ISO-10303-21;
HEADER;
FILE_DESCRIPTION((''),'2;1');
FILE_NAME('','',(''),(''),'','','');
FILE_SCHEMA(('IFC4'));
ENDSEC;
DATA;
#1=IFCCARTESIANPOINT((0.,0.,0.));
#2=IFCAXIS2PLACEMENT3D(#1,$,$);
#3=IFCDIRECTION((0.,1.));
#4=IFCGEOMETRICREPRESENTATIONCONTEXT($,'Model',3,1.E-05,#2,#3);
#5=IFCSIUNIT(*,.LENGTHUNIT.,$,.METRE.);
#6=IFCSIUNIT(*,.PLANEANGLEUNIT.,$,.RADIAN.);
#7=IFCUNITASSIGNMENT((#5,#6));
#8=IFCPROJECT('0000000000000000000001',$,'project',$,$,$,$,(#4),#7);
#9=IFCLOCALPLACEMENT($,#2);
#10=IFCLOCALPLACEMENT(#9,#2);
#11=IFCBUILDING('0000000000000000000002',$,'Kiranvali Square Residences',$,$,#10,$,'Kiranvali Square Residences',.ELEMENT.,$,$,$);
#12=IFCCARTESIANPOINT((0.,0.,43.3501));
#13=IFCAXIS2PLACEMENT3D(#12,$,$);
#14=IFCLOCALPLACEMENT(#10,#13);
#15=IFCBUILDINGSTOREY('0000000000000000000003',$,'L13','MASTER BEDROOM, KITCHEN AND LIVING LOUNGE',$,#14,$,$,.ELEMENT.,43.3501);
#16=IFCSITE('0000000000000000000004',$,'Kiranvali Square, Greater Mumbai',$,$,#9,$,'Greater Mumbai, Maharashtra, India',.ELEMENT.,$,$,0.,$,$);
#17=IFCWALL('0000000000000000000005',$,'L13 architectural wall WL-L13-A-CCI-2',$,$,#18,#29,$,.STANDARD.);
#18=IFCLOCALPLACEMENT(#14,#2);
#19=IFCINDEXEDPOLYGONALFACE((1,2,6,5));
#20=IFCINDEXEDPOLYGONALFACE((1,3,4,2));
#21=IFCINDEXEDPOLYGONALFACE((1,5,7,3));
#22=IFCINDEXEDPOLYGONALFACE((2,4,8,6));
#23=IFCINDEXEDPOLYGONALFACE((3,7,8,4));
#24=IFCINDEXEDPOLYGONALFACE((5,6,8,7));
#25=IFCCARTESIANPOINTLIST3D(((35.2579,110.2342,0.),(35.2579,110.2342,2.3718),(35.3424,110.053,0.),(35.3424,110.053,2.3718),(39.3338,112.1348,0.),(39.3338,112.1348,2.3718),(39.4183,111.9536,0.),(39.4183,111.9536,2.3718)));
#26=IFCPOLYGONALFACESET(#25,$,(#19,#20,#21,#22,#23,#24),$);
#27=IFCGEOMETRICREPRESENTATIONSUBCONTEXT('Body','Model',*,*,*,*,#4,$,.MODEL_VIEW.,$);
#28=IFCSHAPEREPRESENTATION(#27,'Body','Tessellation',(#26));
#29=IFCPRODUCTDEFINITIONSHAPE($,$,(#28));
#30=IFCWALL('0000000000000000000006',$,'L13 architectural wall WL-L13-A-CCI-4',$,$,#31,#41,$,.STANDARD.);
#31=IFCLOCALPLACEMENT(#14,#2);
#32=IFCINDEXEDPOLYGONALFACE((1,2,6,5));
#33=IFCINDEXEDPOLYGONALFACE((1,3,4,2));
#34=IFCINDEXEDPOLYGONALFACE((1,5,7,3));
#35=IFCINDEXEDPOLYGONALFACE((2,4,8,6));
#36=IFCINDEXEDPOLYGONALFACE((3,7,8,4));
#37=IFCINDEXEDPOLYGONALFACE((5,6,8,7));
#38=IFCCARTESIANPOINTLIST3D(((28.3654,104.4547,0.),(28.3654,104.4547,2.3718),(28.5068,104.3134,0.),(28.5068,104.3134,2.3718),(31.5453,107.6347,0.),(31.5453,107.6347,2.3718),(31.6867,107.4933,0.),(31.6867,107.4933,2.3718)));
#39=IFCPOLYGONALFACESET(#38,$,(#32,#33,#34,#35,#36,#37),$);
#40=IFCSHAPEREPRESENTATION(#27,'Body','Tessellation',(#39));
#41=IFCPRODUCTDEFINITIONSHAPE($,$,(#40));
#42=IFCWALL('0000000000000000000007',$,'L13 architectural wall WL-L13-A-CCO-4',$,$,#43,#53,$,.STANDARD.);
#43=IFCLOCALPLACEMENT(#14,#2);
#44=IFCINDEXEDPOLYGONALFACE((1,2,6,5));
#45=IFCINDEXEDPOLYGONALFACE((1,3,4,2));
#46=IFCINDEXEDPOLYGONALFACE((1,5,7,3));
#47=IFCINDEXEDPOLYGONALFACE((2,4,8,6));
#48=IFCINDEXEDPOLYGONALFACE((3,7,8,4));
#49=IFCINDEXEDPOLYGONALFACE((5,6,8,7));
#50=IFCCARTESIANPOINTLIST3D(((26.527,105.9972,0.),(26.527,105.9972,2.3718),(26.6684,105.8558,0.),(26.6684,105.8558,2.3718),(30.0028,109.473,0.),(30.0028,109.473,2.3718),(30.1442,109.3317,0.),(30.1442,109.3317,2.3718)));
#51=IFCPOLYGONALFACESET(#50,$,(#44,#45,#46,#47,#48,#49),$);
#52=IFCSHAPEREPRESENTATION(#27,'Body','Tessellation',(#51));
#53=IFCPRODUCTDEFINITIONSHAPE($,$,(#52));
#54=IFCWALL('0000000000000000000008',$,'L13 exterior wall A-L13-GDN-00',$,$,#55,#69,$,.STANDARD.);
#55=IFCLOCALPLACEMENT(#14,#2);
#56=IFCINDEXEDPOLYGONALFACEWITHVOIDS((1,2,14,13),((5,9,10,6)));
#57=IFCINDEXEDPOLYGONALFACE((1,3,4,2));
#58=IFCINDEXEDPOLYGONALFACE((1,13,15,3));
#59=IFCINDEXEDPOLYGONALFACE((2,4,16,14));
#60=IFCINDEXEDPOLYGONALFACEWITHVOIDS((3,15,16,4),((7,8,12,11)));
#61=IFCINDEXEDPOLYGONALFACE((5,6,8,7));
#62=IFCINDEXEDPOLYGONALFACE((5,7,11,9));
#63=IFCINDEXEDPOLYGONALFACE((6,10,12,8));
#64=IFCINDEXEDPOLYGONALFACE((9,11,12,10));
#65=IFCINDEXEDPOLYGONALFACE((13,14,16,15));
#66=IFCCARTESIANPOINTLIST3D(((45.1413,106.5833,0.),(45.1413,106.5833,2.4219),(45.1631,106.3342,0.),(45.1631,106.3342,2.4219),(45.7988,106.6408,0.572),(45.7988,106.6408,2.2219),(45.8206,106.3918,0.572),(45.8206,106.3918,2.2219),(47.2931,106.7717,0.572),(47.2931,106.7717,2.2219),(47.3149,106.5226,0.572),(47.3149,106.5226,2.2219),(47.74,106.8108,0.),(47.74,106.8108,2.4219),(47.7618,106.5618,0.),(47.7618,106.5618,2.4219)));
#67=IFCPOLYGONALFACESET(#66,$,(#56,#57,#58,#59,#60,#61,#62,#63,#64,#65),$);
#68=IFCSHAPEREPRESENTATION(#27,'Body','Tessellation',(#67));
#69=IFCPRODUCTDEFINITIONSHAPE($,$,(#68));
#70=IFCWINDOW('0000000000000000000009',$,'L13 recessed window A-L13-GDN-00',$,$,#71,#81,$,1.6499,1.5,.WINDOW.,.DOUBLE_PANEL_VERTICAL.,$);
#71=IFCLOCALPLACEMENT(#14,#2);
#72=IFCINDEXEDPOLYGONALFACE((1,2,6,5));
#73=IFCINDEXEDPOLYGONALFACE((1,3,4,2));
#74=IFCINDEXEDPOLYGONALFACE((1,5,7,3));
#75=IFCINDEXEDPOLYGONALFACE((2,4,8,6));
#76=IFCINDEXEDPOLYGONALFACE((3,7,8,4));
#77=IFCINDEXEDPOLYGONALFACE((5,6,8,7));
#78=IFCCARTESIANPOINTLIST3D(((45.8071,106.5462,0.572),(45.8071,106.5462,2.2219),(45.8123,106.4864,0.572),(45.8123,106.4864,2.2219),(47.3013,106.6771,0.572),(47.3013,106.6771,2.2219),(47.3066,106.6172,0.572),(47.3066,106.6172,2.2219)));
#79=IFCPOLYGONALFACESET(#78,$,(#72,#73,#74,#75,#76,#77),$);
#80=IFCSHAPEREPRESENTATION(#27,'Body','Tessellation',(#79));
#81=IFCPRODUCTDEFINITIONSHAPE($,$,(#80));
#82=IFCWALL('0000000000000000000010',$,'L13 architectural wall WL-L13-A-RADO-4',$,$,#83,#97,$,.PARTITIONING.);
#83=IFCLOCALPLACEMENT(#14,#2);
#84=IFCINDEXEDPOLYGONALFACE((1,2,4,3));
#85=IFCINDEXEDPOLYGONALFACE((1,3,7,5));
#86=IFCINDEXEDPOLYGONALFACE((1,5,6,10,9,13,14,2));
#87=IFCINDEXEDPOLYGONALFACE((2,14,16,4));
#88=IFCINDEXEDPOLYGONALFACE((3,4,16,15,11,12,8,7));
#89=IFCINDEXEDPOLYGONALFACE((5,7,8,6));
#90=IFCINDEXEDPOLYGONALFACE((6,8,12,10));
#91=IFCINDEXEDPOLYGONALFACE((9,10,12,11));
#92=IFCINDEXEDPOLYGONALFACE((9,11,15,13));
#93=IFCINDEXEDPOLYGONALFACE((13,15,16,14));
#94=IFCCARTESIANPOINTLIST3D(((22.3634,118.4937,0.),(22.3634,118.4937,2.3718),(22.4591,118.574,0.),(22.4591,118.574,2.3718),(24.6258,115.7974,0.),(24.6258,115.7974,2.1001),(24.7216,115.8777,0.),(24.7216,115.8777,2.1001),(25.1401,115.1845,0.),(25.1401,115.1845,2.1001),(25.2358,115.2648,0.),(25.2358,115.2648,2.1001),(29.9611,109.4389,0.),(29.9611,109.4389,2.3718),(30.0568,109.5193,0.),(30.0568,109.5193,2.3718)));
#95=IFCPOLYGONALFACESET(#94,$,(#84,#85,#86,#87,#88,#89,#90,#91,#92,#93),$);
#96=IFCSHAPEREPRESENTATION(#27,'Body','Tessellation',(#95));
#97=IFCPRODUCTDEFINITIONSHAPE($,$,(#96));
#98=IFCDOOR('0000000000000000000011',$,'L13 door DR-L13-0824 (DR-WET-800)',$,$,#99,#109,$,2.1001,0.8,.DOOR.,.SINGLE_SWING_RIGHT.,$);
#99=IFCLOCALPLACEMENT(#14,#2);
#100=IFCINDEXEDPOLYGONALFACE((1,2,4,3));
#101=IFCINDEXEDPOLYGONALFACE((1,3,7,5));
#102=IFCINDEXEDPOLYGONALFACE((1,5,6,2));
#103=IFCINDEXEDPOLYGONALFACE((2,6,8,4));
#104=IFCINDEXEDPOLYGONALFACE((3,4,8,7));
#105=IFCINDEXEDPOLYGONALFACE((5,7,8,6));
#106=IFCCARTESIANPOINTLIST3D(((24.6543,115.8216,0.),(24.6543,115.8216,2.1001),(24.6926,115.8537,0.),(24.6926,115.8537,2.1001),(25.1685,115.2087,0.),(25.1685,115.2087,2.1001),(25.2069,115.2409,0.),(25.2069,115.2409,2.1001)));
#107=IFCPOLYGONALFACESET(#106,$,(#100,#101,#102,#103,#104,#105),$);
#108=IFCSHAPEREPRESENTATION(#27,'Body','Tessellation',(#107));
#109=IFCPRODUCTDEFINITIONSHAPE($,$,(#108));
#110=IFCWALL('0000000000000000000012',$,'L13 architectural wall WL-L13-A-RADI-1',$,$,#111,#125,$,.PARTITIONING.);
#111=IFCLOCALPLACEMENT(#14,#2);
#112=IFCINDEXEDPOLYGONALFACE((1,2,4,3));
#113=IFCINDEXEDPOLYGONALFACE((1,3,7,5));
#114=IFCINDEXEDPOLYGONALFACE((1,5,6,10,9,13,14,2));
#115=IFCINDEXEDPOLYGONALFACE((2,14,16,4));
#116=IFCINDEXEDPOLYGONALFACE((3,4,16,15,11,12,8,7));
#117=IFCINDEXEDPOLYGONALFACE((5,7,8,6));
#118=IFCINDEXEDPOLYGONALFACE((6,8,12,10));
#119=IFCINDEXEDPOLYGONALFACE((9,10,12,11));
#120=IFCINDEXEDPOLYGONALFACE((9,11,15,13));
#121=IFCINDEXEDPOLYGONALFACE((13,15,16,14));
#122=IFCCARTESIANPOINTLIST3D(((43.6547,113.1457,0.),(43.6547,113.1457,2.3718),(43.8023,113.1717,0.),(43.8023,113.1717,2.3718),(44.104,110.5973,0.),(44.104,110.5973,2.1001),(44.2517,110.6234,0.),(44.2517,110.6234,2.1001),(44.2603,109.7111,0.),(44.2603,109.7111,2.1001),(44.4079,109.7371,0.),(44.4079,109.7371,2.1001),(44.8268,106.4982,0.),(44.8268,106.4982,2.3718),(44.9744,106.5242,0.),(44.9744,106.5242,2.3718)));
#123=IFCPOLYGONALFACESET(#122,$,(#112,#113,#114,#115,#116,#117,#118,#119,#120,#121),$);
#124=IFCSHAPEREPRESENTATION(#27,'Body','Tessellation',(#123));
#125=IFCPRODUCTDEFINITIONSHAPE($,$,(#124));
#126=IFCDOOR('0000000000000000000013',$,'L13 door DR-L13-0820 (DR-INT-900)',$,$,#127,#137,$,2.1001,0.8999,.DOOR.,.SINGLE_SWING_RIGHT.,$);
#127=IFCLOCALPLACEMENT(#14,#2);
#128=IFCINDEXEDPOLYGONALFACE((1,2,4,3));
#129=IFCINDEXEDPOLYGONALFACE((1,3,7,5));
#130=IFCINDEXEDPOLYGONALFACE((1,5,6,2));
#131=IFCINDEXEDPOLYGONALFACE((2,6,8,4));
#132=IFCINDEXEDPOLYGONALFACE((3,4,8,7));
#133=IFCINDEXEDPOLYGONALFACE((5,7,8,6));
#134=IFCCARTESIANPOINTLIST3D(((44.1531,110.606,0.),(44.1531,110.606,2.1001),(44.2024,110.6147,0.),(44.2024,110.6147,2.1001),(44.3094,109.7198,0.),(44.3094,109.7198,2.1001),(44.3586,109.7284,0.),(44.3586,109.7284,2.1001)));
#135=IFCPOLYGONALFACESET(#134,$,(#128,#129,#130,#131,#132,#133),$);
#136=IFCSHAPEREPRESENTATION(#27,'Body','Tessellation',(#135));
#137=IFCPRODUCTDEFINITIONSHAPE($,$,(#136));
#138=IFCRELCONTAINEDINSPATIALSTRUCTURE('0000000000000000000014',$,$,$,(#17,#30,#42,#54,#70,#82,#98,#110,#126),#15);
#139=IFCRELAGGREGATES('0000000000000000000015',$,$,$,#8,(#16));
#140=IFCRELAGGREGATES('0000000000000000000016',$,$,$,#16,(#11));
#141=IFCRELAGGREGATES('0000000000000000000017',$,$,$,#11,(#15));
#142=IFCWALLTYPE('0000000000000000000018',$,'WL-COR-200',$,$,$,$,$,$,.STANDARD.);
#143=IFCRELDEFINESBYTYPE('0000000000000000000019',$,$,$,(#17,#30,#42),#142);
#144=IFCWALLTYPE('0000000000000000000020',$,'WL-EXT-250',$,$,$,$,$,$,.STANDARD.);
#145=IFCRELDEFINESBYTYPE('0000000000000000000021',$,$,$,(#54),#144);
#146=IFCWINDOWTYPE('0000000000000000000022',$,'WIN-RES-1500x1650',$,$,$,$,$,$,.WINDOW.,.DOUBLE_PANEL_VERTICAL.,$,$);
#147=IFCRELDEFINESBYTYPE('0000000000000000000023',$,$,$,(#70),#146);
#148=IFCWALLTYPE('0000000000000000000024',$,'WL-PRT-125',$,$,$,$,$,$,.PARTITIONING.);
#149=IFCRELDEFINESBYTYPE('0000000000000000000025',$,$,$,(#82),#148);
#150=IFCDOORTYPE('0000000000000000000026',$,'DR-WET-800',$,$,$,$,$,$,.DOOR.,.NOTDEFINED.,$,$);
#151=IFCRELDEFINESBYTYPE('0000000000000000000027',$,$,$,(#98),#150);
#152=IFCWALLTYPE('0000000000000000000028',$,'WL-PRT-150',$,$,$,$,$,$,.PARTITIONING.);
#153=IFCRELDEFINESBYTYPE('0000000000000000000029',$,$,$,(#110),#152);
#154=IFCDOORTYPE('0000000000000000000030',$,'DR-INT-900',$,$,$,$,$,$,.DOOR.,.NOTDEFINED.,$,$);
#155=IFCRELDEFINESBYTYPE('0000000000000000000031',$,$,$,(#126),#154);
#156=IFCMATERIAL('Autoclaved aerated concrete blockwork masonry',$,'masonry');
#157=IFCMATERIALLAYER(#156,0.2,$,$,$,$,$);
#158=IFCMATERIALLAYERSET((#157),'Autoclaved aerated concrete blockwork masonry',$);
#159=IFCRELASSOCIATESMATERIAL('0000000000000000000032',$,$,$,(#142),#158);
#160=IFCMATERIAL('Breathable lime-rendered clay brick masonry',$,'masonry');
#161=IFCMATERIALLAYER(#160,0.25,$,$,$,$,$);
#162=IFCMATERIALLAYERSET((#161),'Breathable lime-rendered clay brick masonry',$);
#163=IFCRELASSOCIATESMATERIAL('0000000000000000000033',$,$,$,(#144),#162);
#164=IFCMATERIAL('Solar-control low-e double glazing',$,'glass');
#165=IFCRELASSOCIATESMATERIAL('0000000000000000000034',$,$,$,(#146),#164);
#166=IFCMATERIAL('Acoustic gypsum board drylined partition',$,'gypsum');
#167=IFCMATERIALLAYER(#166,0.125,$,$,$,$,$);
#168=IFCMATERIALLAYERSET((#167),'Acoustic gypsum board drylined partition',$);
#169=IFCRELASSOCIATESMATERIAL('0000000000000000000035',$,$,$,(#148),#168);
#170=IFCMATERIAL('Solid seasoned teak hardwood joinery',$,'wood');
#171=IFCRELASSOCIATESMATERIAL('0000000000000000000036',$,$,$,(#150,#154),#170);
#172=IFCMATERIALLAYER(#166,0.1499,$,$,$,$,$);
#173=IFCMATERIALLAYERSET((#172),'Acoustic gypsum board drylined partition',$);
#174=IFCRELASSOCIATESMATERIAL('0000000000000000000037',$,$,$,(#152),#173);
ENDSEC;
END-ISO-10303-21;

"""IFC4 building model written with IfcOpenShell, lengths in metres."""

from ifc_helpers import new_model, si_unit, direction, frame, frame_2d, origin, place, context, subcontext, project, spatial, rectangle, extrude, material, layer, layer_set, type_object, element, fill, save


model = new_model("IFC4")

# Units and contexts
model_context = context("Model", 3, precision=1e-05, world=origin(), true_north=direction((0.0, 1.0)))
body_context = subcontext(model_context, "Body", "Model", "MODEL_VIEW")
ifc_project = project(units=[si_unit("LENGTHUNIT", "METRE"), si_unit("PLANEANGLEUNIT", "RADIAN")], contexts=[model_context])

# Site, building, storey
site_placement = place(None, origin())
site = spatial("IfcSite", under=ifc_project, at=site_placement, Name="Kiranvali Square, Greater Mumbai", LongName="Greater Mumbai, Maharashtra, India", CompositionType="ELEMENT", RefElevation=0.0)
building_placement = place(site_placement, origin())
building = spatial("IfcBuilding", under=site, at=building_placement, Name="Kiranvali Square Residences", LongName="Kiranvali Square Residences", CompositionType="ELEMENT")
storey_placement = place(building_placement, frame((0.0, 0.0, 43.3501)))
storey = spatial("IfcBuildingStorey", under=building, at=storey_placement, Name="L13", Description="MASTER BEDROOM, KITCHEN AND LIVING LOUNGE", CompositionType="ELEMENT", Elevation=43.3501)

# Wall
ifc_material_1 = material(Name="Autoclaved aerated concrete blockwork masonry", Category="masonry")
ifc_layer_1 = layer(ifc_material_1, 0.2)
ifc_layer_set_1 = layer_set([ifc_layer_1], Name="Autoclaved aerated concrete blockwork masonry")
wall_type_1 = type_object("IfcWallType", Name="WL-COR-200", PredefinedType="STANDARD", material=ifc_layer_set_1)
wall_1_placement = place(storey_placement, frame((39.376, 112.0442, 0.0), z_axis=(0.0, 0.0, 1.0), x_axis=(-0.906308, -0.422618, 0.0)))
element("IfcWall", 1, at=wall_1_placement, inside=storey, type_object=wall_type_1, Name="L13 architectural wall WL-L13-A-CCI-2", PredefinedType="STANDARD", context=body_context, shape_type="SweptSolid", body=[
    extrude(rectangle(XDim=4.4973, YDim=0.2, at=frame_2d((2.2485, 0.0))), origin(), (0.0, 0.0, 1.0), 2.3718),
])

# Walls
wall_2_placement = place(storey_placement, frame((31.616, 107.564, 0.0), z_axis=(0.0, 0.0, 1.0), x_axis=(-0.707107, -0.707107, 0.0)))
element("IfcWall", 2, at=wall_2_placement, inside=storey, type_object=wall_type_1, Name="L13 architectural wall WL-L13-A-CCI-4", PredefinedType="STANDARD", context=body_context, shape_type="SweptSolid", body=[
    extrude(rectangle(XDim=4.4971, YDim=0.2, at=frame_2d((2.2485, 0.0))), origin(), (0.0, 0.0, 1.0), 2.3718),
])
wall_3_placement = place(storey_placement, frame((30.0735, 109.4023, 0.0), z_axis=(0.0, 0.0, 1.0), x_axis=(-0.707107, -0.707107, 0.0)))
element("IfcWall", 3, at=wall_3_placement, inside=storey, type_object=wall_type_1, Name="L13 architectural wall WL-L13-A-CCO-4", PredefinedType="STANDARD", context=body_context, shape_type="SweptSolid", body=[
    extrude(rectangle(XDim=4.9155, YDim=0.2, at=frame_2d((2.4578, 0.0))), origin(), (0.0, 0.0, 1.0), 2.3718),
])

# Wall, opening, window
ifc_material_2 = material(Name="Breathable lime-rendered clay brick masonry", Category="masonry")
ifc_layer_2 = layer(ifc_material_2, 0.25)
ifc_layer_set_2 = layer_set([ifc_layer_2], Name="Breathable lime-rendered clay brick masonry")
wall_type_2 = type_object("IfcWallType", Name="WL-EXT-250", PredefinedType="STANDARD", material=ifc_layer_set_2)
wall_4_placement = place(storey_placement, frame((47.7507, 106.6863, 0.0), z_axis=(0.0, 0.0, 1.0), x_axis=(-0.996188, -0.087227, 0.0)))
wall_4 = element("IfcWall", 4, at=wall_4_placement, inside=storey, type_object=wall_type_2, Name="L13 exterior wall A-L13-GDN-00", PredefinedType="STANDARD", context=body_context, shape_type="SweptSolid", body=[
    extrude(rectangle(XDim=2.6086, YDim=0.25, at=frame_2d((1.3042, 0.0))), origin(), (0.0, 0.0, 1.0), 2.4219),
])
opening_1_placement = place(wall_4_placement, frame((0.4485, 0.0, 0.572)))
opening_1 = element("IfcOpeningElement", 5, at=opening_1_placement, cuts=wall_4, PredefinedType="OPENING", context=body_context, shape_type="SweptSolid", body=[
    extrude(rectangle(XDim=1.5, YDim=1.6499, at=frame_2d((0.75, 0.825))), frame((0.0, 0.135, 0.0), z_axis=(0.0, -1.0, 0.0), x_axis=(1.0, 0.0, 0.0)), (0.0, 0.0, 1.0), 0.27),
])
ifc_material_3 = material(Name="Solar-control low-e double glazing", Category="glass")
window_type = type_object("IfcWindowType", Name="WIN-RES-1500x1650", PartitioningType="DOUBLE_PANEL_VERTICAL", PredefinedType="WINDOW", material=ifc_material_3)
window_placement = place(opening_1_placement, origin())
window = element("IfcWindow", 6, at=window_placement, inside=storey, type_object=window_type, Name="L13 recessed window A-L13-GDN-00", OverallHeight=1.6499, OverallWidth=1.5, PartitioningType="DOUBLE_PANEL_VERTICAL", PredefinedType="WINDOW", context=body_context, shape_type="SweptSolid", body=[
    extrude(rectangle(XDim=1.5, YDim=1.6499, at=frame_2d((0.75, 0.825))), frame((0.0, 0.03, 0.0), z_axis=(0.0, -1.0, 0.0), x_axis=(1.0, 0.0, 0.0)), (0.0, 0.0, 1.0), 0.0601),
])
fill(opening_1, window)

# Walls, openings, doors
ifc_material_4 = material(Name="Acoustic gypsum board drylined partition", Category="gypsum")
ifc_layer_3 = layer(ifc_material_4, 0.125)
ifc_layer_set_3 = layer_set([ifc_layer_3], Name="Acoustic gypsum board drylined partition")
wall_type_3 = type_object("IfcWallType", Name="WL-PRT-125", PredefinedType="PARTITIONING", material=ifc_layer_set_3)
wall_5_placement = place(storey_placement, frame((30.009, 109.479, 0.0), z_axis=(0.0, 0.0, 1.0), x_axis=(-0.642781, 0.76605, 0.0)))
wall_5 = element("IfcWall", 7, at=wall_5_placement, inside=storey, type_object=wall_type_3, Name="L13 architectural wall WL-L13-A-RADO-4", PredefinedType="PARTITIONING", context=body_context, shape_type="SweptSolid", body=[
    extrude(rectangle(XDim=11.8201, YDim=0.125, at=frame_2d((5.9102, 0.0))), origin(), (0.0, 0.0, 1.0), 2.3718),
])
opening_2_placement = place(wall_5_placement, frame((7.5005, 0.0, 0.0)))
opening_2 = element("IfcOpeningElement", 8, at=opening_2_placement, cuts=wall_5, PredefinedType="OPENING", context=body_context, shape_type="SweptSolid", body=[
    extrude(rectangle(XDim=0.8, YDim=2.1001, at=frame_2d((0.3999, 1.05))), frame((0.0, 0.0725, 0.0), z_axis=(0.0, -1.0, 0.0), x_axis=(1.0, 0.0, 0.0)), (0.0, 0.0, 1.0), 0.145),
])
ifc_material_5 = material(Name="Solid seasoned teak hardwood joinery", Category="wood")
door_type_1 = type_object("IfcDoorType", Name="DR-WET-800", OperationType="NOTDEFINED", PredefinedType="DOOR", material=ifc_material_5)
door_1_placement = place(opening_2_placement, frame((0.8, 0.0, 0.0), z_axis=(0.0, 0.0, 1.0), x_axis=(-1.0, 0.0, 0.0)))
door_1 = element("IfcDoor", 9, at=door_1_placement, inside=storey, type_object=door_type_1, Name="L13 door DR-L13-0824 (DR-WET-800)", OperationType="SINGLE_SWING_RIGHT", OverallHeight=2.1001, OverallWidth=0.8, PredefinedType="DOOR", context=body_context, shape_type="SweptSolid", body=[
    extrude(rectangle(XDim=0.8, YDim=2.1001, at=frame_2d((0.3999, 1.05))), frame((0.0, 0.0249, 0.0), z_axis=(0.0, -1.0, 0.0), x_axis=(1.0, 0.0, 0.0)), (0.0, 0.0, 1.0), 0.05),
])
fill(opening_2, door_1)
ifc_layer_4 = layer(ifc_material_4, 0.1499)
ifc_layer_set_4 = layer_set([ifc_layer_4], Name="Acoustic gypsum board drylined partition")
wall_type_4 = type_object("IfcWallType", Name="WL-PRT-150", PredefinedType="PARTITIONING", material=ifc_layer_set_4)
wall_6_placement = place(storey_placement, frame((44.9006, 106.5112, 0.0), z_axis=(0.0, 0.0, 1.0), x_axis=(-0.173647, 0.984808, 0.0)))
wall_6 = element("IfcWall", 10, at=wall_6_placement, inside=storey, type_object=wall_type_4, Name="L13 architectural wall WL-L13-A-RADI-1", PredefinedType="PARTITIONING", context=body_context, shape_type="SweptSolid", body=[
    extrude(rectangle(XDim=6.75, YDim=0.1499, at=frame_2d((3.375, 0.0))), origin(), (0.0, 0.0, 1.0), 2.3718),
])
opening_3_placement = place(wall_6_placement, frame((3.2625, 0.0, 0.0)))
opening_3 = element("IfcOpeningElement", 11, at=opening_3_placement, cuts=wall_6, PredefinedType="OPENING", context=body_context, shape_type="SweptSolid", body=[
    extrude(rectangle(XDim=0.8999, YDim=2.1001, at=frame_2d((0.45, 1.05))), frame((0.0, 0.085, 0.0), z_axis=(0.0, -1.0, 0.0), x_axis=(1.0, 0.0, 0.0)), (0.0, 0.0, 1.0), 0.1699),
])
door_type_2 = type_object("IfcDoorType", Name="DR-INT-900", OperationType="NOTDEFINED", PredefinedType="DOOR", material=ifc_material_5)
door_2_placement = place(opening_3_placement, frame((0.8999, 0.0, 0.0), z_axis=(0.0, 0.0, 1.0), x_axis=(-1.0, 0.0, 0.0)))
door_2 = element("IfcDoor", 12, at=door_2_placement, inside=storey, type_object=door_type_2, Name="L13 door DR-L13-0820 (DR-INT-900)", OperationType="SINGLE_SWING_RIGHT", OverallHeight=2.1001, OverallWidth=0.8999, PredefinedType="DOOR", context=body_context, shape_type="SweptSolid", body=[
    extrude(rectangle(XDim=0.8999, YDim=2.1001, at=frame_2d((0.45, 1.05))), frame((0.0, 0.0249, 0.0), z_axis=(0.0, -1.0, 0.0), x_axis=(1.0, 0.0, 0.0)), (0.0, 0.0, 1.0), 0.05),
])
fill(opening_3, door_2)

save(model, "model.ifc")
